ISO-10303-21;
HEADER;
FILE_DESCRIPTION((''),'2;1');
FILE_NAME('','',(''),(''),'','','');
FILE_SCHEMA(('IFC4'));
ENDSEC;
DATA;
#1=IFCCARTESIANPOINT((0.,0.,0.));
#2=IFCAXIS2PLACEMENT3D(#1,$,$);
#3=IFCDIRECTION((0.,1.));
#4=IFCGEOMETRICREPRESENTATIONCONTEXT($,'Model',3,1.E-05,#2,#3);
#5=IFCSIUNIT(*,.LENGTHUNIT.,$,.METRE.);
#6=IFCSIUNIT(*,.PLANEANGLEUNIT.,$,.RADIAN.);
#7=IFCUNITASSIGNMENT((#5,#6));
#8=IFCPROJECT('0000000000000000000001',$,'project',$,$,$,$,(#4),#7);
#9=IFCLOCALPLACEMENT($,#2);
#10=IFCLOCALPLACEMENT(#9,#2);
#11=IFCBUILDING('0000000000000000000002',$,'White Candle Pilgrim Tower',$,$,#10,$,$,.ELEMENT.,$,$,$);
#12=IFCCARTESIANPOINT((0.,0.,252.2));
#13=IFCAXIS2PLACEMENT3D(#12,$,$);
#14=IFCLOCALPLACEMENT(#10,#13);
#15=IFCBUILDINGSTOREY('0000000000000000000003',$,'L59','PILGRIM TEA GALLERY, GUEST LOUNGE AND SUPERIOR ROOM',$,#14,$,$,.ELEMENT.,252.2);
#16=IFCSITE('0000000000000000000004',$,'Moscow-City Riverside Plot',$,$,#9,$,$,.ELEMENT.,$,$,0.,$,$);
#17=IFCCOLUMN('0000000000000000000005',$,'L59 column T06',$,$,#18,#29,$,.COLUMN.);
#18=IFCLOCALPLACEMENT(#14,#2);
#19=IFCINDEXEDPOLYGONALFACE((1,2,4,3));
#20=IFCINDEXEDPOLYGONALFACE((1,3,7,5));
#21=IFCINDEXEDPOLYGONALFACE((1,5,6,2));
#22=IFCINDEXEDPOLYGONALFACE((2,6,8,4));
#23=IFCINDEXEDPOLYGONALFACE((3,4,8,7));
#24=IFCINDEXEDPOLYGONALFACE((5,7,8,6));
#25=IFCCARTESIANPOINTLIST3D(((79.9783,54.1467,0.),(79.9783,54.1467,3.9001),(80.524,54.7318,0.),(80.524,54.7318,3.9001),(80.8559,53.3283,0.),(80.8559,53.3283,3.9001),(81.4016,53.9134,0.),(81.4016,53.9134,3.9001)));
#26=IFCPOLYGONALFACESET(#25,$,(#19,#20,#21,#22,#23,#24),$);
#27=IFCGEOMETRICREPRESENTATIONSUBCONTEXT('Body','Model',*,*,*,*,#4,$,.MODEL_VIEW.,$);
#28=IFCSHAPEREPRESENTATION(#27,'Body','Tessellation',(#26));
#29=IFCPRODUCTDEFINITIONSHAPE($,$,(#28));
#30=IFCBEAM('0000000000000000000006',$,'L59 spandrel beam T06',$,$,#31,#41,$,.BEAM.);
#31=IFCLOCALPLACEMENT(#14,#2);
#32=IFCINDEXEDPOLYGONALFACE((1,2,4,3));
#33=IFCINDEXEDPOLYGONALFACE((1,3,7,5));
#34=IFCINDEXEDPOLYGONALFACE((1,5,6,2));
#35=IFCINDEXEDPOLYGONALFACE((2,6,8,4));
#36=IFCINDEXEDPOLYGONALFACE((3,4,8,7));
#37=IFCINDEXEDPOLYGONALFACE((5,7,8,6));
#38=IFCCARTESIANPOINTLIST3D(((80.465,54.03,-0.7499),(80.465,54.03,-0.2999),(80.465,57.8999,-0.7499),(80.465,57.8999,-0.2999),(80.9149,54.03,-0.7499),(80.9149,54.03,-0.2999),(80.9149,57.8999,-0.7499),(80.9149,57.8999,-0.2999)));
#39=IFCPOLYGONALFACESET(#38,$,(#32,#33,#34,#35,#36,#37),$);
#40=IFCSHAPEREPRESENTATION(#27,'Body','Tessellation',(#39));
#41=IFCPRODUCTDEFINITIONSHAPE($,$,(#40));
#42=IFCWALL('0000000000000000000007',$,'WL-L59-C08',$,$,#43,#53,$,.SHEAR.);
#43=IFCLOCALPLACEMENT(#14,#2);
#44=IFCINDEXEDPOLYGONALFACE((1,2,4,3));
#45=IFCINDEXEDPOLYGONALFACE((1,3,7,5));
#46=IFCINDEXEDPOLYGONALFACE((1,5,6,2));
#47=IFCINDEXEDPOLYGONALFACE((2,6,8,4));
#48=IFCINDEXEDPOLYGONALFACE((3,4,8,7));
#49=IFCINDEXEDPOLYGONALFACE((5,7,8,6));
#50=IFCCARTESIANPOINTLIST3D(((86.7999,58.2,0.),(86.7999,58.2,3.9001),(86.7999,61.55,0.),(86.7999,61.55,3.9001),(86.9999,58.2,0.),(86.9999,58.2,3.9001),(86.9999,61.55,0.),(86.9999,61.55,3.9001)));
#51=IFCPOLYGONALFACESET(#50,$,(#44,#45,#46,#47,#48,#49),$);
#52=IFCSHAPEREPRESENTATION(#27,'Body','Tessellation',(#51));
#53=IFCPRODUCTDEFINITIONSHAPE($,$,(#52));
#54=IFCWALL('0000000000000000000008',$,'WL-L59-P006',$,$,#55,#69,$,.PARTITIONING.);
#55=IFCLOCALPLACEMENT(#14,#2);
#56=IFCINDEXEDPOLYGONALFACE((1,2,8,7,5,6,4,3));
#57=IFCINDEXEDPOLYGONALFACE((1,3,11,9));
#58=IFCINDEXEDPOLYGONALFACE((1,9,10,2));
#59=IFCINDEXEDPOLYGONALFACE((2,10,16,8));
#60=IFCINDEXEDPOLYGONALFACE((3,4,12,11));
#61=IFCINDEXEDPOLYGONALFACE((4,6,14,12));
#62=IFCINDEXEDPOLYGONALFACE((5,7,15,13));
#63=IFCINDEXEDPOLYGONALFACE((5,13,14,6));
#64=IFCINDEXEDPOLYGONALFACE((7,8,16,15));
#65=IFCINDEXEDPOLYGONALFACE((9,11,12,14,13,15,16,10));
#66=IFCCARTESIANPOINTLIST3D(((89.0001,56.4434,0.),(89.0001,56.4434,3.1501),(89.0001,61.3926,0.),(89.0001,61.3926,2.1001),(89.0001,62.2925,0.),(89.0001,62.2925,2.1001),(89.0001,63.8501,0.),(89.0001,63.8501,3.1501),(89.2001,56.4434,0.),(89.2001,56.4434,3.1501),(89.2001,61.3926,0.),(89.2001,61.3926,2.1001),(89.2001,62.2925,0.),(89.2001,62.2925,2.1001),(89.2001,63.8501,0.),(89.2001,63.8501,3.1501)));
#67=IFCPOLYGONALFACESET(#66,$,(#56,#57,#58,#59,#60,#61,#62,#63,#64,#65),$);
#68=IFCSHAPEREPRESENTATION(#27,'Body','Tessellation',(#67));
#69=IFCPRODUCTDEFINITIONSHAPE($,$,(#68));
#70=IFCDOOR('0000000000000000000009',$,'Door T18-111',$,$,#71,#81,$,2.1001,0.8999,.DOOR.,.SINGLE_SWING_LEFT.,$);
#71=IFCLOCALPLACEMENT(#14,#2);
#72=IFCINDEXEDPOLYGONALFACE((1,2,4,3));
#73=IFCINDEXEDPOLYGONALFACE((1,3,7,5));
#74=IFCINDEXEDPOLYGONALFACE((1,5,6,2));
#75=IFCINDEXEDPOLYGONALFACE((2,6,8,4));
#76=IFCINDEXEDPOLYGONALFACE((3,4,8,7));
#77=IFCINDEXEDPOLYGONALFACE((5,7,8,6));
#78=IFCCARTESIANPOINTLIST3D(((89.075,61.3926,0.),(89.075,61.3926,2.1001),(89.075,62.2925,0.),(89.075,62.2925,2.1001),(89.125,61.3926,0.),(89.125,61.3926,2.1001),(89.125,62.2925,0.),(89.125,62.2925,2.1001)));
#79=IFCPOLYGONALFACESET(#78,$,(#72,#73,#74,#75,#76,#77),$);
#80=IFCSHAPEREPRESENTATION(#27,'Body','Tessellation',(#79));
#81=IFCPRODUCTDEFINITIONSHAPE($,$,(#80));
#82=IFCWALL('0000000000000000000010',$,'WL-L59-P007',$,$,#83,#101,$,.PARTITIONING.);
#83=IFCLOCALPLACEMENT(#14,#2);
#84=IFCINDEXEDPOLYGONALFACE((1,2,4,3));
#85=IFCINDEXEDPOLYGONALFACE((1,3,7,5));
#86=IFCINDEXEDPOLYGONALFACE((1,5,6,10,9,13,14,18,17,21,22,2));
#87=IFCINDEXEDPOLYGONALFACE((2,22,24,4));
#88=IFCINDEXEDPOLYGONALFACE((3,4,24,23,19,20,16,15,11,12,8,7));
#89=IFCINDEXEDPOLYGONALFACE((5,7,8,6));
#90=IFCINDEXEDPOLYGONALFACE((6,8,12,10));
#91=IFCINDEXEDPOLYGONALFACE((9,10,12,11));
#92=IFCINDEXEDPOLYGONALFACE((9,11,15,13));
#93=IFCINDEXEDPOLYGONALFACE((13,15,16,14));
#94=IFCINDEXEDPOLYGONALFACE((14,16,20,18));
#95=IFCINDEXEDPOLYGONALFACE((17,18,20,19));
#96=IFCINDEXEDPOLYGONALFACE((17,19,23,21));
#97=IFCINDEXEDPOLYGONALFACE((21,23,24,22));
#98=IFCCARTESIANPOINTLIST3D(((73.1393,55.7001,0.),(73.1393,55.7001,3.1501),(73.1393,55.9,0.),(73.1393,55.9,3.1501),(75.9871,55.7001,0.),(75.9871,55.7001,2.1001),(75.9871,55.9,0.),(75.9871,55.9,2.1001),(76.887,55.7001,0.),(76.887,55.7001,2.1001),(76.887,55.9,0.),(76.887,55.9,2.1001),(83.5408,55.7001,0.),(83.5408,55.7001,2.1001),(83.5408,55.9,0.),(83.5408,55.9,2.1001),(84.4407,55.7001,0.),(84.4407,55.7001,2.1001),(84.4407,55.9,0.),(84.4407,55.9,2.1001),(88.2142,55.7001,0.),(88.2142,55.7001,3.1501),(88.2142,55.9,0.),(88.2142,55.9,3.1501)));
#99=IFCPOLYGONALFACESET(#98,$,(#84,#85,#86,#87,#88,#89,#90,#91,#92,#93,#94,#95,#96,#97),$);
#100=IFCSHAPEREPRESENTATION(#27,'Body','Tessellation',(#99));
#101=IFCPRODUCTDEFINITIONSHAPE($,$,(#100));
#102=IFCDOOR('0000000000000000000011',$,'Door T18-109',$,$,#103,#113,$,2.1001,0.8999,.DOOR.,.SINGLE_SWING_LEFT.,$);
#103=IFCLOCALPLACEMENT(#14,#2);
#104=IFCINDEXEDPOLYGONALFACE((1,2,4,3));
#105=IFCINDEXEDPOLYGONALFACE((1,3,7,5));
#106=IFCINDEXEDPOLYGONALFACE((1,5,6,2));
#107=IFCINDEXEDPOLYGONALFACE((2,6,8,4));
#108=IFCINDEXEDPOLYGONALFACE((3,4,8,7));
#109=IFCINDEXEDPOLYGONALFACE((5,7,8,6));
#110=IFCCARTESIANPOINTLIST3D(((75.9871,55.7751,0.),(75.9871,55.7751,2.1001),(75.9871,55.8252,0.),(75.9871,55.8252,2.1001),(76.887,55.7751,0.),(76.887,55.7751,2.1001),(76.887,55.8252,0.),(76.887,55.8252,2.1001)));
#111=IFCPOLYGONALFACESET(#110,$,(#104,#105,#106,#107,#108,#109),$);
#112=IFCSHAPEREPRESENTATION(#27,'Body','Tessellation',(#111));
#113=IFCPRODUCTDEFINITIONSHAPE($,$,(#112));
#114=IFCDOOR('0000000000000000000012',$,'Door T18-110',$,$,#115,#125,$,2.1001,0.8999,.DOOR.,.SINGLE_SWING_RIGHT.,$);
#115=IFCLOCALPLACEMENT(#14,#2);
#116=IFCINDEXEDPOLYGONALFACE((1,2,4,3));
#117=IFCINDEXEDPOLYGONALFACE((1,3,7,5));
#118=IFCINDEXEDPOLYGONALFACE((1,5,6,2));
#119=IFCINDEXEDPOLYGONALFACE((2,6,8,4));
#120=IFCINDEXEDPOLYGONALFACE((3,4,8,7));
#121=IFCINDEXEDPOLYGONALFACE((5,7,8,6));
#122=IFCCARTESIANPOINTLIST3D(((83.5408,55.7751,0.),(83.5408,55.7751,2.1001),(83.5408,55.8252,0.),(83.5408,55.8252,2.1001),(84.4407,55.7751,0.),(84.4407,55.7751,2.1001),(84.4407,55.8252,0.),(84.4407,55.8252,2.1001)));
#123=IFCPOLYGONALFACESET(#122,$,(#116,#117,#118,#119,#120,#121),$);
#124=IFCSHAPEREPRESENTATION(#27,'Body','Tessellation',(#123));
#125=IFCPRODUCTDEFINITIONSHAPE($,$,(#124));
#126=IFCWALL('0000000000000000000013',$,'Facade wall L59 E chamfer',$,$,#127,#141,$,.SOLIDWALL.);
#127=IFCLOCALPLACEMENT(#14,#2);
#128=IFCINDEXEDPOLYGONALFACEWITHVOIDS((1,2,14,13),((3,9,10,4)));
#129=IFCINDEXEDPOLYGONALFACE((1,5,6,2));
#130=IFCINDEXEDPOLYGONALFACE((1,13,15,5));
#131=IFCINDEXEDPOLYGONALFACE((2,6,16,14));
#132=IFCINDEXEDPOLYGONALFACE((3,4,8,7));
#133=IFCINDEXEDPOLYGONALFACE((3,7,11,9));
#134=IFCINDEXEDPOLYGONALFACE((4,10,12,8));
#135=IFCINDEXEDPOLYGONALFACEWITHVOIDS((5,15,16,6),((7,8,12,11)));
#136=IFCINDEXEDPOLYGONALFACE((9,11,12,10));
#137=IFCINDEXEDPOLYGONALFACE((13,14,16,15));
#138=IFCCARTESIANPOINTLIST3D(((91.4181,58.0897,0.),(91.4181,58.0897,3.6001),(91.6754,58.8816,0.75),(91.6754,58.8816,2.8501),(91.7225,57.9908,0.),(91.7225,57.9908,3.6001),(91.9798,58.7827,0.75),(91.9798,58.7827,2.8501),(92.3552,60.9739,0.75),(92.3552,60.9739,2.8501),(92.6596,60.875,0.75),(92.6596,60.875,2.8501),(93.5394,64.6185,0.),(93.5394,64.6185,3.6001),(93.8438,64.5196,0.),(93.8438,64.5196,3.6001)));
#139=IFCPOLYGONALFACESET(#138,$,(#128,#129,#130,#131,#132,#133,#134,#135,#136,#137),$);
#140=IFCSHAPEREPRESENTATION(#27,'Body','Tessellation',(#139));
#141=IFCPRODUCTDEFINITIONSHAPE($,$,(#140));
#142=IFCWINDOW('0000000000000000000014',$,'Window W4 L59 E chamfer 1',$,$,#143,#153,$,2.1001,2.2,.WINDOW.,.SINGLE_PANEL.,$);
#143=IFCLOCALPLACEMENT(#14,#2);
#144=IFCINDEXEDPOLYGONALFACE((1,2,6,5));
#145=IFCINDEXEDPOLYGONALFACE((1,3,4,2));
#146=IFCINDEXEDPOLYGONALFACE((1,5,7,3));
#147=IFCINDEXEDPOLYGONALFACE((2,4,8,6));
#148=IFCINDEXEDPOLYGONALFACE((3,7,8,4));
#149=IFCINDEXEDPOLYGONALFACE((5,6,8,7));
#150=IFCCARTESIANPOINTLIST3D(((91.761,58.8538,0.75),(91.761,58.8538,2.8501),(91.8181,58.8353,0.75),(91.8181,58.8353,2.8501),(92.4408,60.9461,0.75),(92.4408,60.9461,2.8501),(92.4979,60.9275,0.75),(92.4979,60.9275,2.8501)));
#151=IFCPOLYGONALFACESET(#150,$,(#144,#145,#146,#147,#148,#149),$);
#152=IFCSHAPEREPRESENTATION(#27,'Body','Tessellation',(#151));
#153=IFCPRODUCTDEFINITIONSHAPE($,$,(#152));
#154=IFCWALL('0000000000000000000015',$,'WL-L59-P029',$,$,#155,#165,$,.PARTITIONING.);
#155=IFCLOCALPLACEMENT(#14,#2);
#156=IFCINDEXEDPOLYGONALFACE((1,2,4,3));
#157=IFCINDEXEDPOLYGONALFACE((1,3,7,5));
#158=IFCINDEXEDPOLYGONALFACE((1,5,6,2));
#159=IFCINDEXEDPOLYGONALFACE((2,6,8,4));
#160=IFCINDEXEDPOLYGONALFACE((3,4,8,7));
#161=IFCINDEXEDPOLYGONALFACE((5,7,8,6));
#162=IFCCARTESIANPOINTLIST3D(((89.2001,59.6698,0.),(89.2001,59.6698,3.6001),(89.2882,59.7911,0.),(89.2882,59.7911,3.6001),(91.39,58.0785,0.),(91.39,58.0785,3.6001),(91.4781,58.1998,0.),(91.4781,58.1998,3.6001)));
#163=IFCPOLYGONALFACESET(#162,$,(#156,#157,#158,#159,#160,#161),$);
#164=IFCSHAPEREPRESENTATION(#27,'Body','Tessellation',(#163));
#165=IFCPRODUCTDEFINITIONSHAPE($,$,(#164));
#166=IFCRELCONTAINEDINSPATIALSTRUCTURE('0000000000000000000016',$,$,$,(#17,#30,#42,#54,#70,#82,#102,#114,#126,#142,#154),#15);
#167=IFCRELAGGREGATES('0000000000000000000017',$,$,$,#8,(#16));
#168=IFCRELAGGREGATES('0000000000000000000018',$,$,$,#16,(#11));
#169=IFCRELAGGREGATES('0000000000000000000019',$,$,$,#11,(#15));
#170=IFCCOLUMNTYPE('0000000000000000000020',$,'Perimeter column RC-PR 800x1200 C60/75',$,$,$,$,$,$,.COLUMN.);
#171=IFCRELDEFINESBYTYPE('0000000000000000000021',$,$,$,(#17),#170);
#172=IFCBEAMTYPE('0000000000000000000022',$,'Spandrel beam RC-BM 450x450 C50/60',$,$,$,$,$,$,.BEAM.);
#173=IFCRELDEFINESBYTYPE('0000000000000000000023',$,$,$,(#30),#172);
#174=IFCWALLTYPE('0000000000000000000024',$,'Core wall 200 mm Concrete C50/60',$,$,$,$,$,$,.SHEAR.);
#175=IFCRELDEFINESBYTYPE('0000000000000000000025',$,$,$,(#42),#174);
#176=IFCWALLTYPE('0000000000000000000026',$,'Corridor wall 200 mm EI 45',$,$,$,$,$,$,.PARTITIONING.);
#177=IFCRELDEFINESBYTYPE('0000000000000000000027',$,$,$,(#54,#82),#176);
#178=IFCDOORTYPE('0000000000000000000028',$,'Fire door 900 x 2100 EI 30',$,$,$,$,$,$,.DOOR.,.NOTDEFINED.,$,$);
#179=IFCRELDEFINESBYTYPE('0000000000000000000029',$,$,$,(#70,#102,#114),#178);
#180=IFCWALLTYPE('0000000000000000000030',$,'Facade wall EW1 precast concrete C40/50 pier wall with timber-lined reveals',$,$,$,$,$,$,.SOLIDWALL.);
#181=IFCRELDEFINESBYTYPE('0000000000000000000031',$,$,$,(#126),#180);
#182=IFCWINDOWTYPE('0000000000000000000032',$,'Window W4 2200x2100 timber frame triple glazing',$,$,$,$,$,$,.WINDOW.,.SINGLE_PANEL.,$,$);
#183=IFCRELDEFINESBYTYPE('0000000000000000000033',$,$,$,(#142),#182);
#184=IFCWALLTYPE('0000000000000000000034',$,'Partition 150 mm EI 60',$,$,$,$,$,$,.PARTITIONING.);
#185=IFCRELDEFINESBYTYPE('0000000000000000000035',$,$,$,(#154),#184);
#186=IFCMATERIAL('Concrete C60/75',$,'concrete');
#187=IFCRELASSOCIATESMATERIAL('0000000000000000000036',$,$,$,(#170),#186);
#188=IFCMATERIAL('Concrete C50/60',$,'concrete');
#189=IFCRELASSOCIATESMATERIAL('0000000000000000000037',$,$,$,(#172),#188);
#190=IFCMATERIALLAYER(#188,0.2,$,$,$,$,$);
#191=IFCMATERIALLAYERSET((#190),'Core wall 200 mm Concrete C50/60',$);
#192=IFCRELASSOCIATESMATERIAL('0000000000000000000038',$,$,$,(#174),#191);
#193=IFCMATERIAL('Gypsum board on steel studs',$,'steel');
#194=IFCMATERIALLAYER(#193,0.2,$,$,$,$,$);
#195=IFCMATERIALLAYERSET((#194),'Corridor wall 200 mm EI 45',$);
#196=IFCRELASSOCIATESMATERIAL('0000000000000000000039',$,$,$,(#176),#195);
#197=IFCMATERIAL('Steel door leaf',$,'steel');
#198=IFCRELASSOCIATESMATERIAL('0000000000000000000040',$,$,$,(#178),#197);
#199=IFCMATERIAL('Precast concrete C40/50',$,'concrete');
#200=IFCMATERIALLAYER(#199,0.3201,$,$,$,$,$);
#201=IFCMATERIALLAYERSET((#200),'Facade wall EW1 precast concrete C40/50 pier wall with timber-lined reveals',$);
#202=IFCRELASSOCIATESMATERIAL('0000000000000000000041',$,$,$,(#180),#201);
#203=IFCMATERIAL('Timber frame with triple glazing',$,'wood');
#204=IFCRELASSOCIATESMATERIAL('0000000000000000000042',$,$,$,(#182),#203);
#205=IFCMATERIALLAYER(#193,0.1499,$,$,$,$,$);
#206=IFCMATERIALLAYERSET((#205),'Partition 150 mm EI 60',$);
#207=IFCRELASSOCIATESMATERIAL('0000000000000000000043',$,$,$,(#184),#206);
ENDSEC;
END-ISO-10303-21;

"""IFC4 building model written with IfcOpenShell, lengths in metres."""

from ifc_helpers import new_model, si_unit, direction, frame, frame_2d, origin, origin_2d, place, context, subcontext, project, spatial, rectangle, extrude, material, layer, layer_set, material_profile, profile_set, type_object, element, fill, save


model = new_model("IFC4")

# Units and contexts
model_context = context("Model", 3, precision=1e-05, world=origin(), true_north=direction((0.0, 1.0)))
body_context = subcontext(model_context, "Body", "Model", "MODEL_VIEW")
ifc_project = project(units=[si_unit("LENGTHUNIT", "METRE"), si_unit("PLANEANGLEUNIT", "RADIAN")], contexts=[model_context])

# Site, building, storey
site_placement = place(None, origin())
site = spatial("IfcSite", under=ifc_project, at=site_placement, Name="Moscow-City Riverside Plot", CompositionType="ELEMENT", RefElevation=0.0)
building_placement = place(site_placement, origin())
building = spatial("IfcBuilding", under=site, at=building_placement, Name="White Candle Pilgrim Tower", CompositionType="ELEMENT")
storey_placement = place(building_placement, frame((0.0, 0.0, 252.2)))
storey = spatial("IfcBuildingStorey", under=building, at=storey_placement, Name="L59", Description="PILGRIM TEA GALLERY, GUEST LOUNGE AND SUPERIOR ROOM", CompositionType="ELEMENT", Elevation=252.2)

# Column
ifc_material_1 = material(Name="Concrete C60/75", Category="concrete")
ifc_material_profile_1 = material_profile(ifc_material_1, rectangle(XDim=0.8, YDim=1.2, at=origin_2d()), Name="RC-PR 800x1200")
ifc_profile_set_1 = profile_set([ifc_material_profile_1], Name="Concrete C60/75")
column_type = type_object("IfcColumnType", Name="Perimeter column RC-PR 800x1200 C60/75", PredefinedType="COLUMN", material=ifc_profile_set_1)
column_placement = place(storey_placement, frame((80.6899, 54.03, 0.0), z_axis=(0.0, 0.0, 1.0), x_axis=(-0.681998, -0.731354, 0.0)))
element("IfcColumn", 1, at=column_placement, inside=storey, type_object=column_type, Name="L59 column T06", PredefinedType="COLUMN", context=body_context, shape_type="SweptSolid", body=[
    extrude(rectangle(XDim=0.8, YDim=1.2, at=origin_2d()), origin(), (0.0, 0.0, 1.0), 3.9001),
])

# Beam
ifc_material_2 = material(Name="Concrete C50/60", Category="concrete")
ifc_material_profile_2 = material_profile(ifc_material_2, rectangle(XDim=0.45, YDim=0.45, at=origin_2d()), Name="RC-BM 450x450")
ifc_profile_set_2 = profile_set([ifc_material_profile_2], Name="Concrete C50/60")
beam_type = type_object("IfcBeamType", Name="Spandrel beam RC-BM 450x450 C50/60", PredefinedType="BEAM", material=ifc_profile_set_2)
beam_placement = place(storey_placement, frame((80.6899, 54.03, -0.5249), z_axis=(0.0, 1.0, 0.0), x_axis=(-1.0, 0.0, 0.0)))
element("IfcBeam", 2, at=beam_placement, inside=storey, type_object=beam_type, Name="L59 spandrel beam T06", PredefinedType="BEAM", context=body_context, shape_type="SweptSolid", body=[
    extrude(rectangle(XDim=0.45, YDim=0.45, at=origin_2d()), origin(), (0.0, 0.0, 1.0), 3.8699),
])

# Wall
ifc_layer_1 = layer(ifc_material_2, 0.2)
ifc_layer_set_1 = layer_set([ifc_layer_1], Name="Core wall 200 mm Concrete C50/60")
wall_type_1 = type_object("IfcWallType", Name="Core wall 200 mm Concrete C50/60", PredefinedType="SHEAR", material=ifc_layer_set_1)
wall_1_placement = place(storey_placement, frame((86.8999, 58.2, 0.0), z_axis=(0.0, 0.0, 1.0), x_axis=(0.0, 1.0, 0.0)))
element("IfcWall", 3, at=wall_1_placement, inside=storey, type_object=wall_type_1, Name="WL-L59-C08", PredefinedType="SHEAR", context=body_context, shape_type="SweptSolid", body=[
    extrude(rectangle(XDim=3.3501, YDim=0.2, at=frame_2d((1.675, 0.0))), origin(), (0.0, 0.0, 1.0), 3.9001),
])

# Wall, opening, door
ifc_material_3 = material(Name="Gypsum board on steel studs", Category="steel")
ifc_layer_2 = layer(ifc_material_3, 0.2)
ifc_layer_set_2 = layer_set([ifc_layer_2], Name="Corridor wall 200 mm EI 45")
wall_type_2 = type_object("IfcWallType", Name="Corridor wall 200 mm EI 45", PredefinedType="PARTITIONING", material=ifc_layer_set_2)
wall_2_placement = place(storey_placement, frame((89.1001, 63.8501, 0.0), z_axis=(0.0, 0.0, 1.0), x_axis=(0.0, -1.0, 0.0)))
wall_2 = element("IfcWall", 4, at=wall_2_placement, inside=storey, type_object=wall_type_2, Name="WL-L59-P006", PredefinedType="PARTITIONING", context=body_context, shape_type="SweptSolid", body=[
    extrude(rectangle(XDim=7.4067, YDim=0.2, at=frame_2d((3.7034, 0.0))), origin(), (0.0, 0.0, 1.0), 3.1501),
])
opening_1_placement = place(wall_2_placement, frame((1.5576, 0.0, 0.0)))
opening_1 = element("IfcOpeningElement", 5, at=opening_1_placement, cuts=wall_2, PredefinedType="OPENING", context=body_context, shape_type="SweptSolid", body=[
    extrude(rectangle(XDim=0.8999, YDim=2.1001, at=frame_2d((0.45, 1.05))), frame((0.0, 0.1099, 0.0), z_axis=(0.0, -1.0, 0.0), x_axis=(1.0, 0.0, 0.0)), (0.0, 0.0, 1.0), 0.22),
])
ifc_material_4 = material(Name="Steel door leaf", Category="steel")
door_type_1 = type_object("IfcDoorType", Name="Fire door 900 x 2100 EI 30", OperationType="NOTDEFINED", PredefinedType="DOOR", material=ifc_material_4)
door_1_placement = place(opening_1_placement, origin())
door_1 = element("IfcDoor", 6, at=door_1_placement, inside=storey, type_object=door_type_1, Name="Door T18-111", OperationType="SINGLE_SWING_LEFT", OverallHeight=2.1001, OverallWidth=0.8999, PredefinedType="DOOR", context=body_context, shape_type="SweptSolid", body=[
    extrude(rectangle(XDim=0.8999, YDim=2.1001, at=frame_2d((0.45, 1.05))), frame((0.0, 0.0249, 0.0), z_axis=(0.0, -1.0, 0.0), x_axis=(1.0, 0.0, 0.0)), (0.0, 0.0, 1.0), 0.05),
])
fill(opening_1, door_1)

# Wall, openings, doors
wall_3_placement = place(storey_placement, frame((88.2144, 55.8, 0.0), z_axis=(0.0, 0.0, 1.0), x_axis=(-1.0, 0.0, 0.0)))
wall_3 = element("IfcWall", 7, at=wall_3_placement, inside=storey, type_object=wall_type_2, Name="WL-L59-P007", PredefinedType="PARTITIONING", context=body_context, shape_type="SweptSolid", body=[
    extrude(rectangle(XDim=15.075, YDim=0.2, at=frame_2d((7.5376, 0.0))), origin(), (0.0, 0.0, 1.0), 3.1501),
])
opening_2_placement = place(wall_3_placement, frame((11.3274, 0.0, 0.0)))
opening_2 = element("IfcOpeningElement", 8, at=opening_2_placement, cuts=wall_3, PredefinedType="OPENING", context=body_context, shape_type="SweptSolid", body=[
    extrude(rectangle(XDim=0.8999, YDim=2.1001, at=frame_2d((0.45, 1.05))), frame((0.0, 0.1099, 0.0), z_axis=(0.0, -1.0, 0.0), x_axis=(1.0, 0.0, 0.0)), (0.0, 0.0, 1.0), 0.22),
])
opening_3_placement = place(wall_3_placement, frame((3.7737, 0.0, 0.0)))
opening_3 = element("IfcOpeningElement", 9, at=opening_3_placement, cuts=wall_3, PredefinedType="OPENING", context=body_context, shape_type="SweptSolid", body=[
    extrude(rectangle(XDim=0.8999, YDim=2.1001, at=frame_2d((0.45, 1.05))), frame((0.0, 0.1099, 0.0), z_axis=(0.0, -1.0, 0.0), x_axis=(1.0, 0.0, 0.0)), (0.0, 0.0, 1.0), 0.22),
])
door_2_placement = place(opening_2_placement, origin())
door_2 = element("IfcDoor", 10, at=door_2_placement, inside=storey, type_object=door_type_1, Name="Door T18-109", OperationType="SINGLE_SWING_LEFT", OverallHeight=2.1001, OverallWidth=0.8999, PredefinedType="DOOR", context=body_context, shape_type="SweptSolid", body=[
    extrude(rectangle(XDim=0.8999, YDim=2.1001, at=frame_2d((0.45, 1.05))), frame((0.0, 0.0249, 0.0), z_axis=(0.0, -1.0, 0.0), x_axis=(1.0, 0.0, 0.0)), (0.0, 0.0, 1.0), 0.05),
])
fill(opening_2, door_2)
door_3_placement = place(opening_3_placement, origin())
door_3 = element("IfcDoor", 11, at=door_3_placement, inside=storey, type_object=door_type_1, Name="Door T18-110", OperationType="SINGLE_SWING_RIGHT", OverallHeight=2.1001, OverallWidth=0.8999, PredefinedType="DOOR", context=body_context, shape_type="SweptSolid", body=[
    extrude(rectangle(XDim=0.8999, YDim=2.1001, at=frame_2d((0.45, 1.05))), frame((0.0, 0.0249, 0.0), z_axis=(0.0, -1.0, 0.0), x_axis=(1.0, 0.0, 0.0)), (0.0, 0.0, 1.0), 0.05),
])
fill(opening_3, door_3)

# Wall, opening, window
ifc_material_5 = material(Name="Precast concrete C40/50", Category="concrete")
ifc_layer_3 = layer(ifc_material_5, 0.3201)
ifc_layer_set_3 = layer_set([ifc_layer_3], Name="Facade wall EW1 precast concrete C40/50 pier wall with timber-lined reveals")
wall_type_3 = type_object("IfcWallType", Name="Facade wall EW1 precast concrete C40/50 pier wall with timber-lined reveals", PredefinedType="SOLIDWALL", material=ifc_layer_set_3)
wall_4_placement = place(storey_placement, frame((91.5703, 58.0403, 0.0), z_axis=(0.0, 0.0, 1.0), x_axis=(0.309017, 0.951057, 0.0)))
wall_4 = element("IfcWall", 12, at=wall_4_placement, inside=storey, type_object=wall_type_3, Name="Facade wall L59 E chamfer", PredefinedType="SOLIDWALL", context=body_context, shape_type="SweptSolid", body=[
    extrude(rectangle(XDim=6.8647, YDim=0.3201, at=frame_2d((3.4324, 0.0))), origin(), (0.0, 0.0, 1.0), 3.6001),
])
opening_4_placement = place(wall_4_placement, frame((0.8325, 0.0, 0.75)))
opening_4 = element("IfcOpeningElement", 13, at=opening_4_placement, cuts=wall_4, PredefinedType="OPENING", context=body_context, shape_type="SweptSolid", body=[
    extrude(rectangle(XDim=2.2, YDim=2.1001, at=frame_2d((1.1001, 1.05))), frame((0.0, 0.1699, 0.0), z_axis=(0.0, -1.0, 0.0), x_axis=(1.0, 0.0, 0.0)), (0.0, 0.0, 1.0), 0.3401),
])
ifc_material_6 = material(Name="Timber frame with triple glazing", Category="wood")
window_type = type_object("IfcWindowType", Name="Window W4 2200x2100 timber frame triple glazing", PartitioningType="SINGLE_PANEL", PredefinedType="WINDOW", material=ifc_material_6)
window_placement = place(opening_4_placement, origin())
window = element("IfcWindow", 14, at=window_placement, inside=storey, type_object=window_type, Name="Window W4 L59 E chamfer 1", OverallHeight=2.1001, OverallWidth=2.2, PartitioningType="SINGLE_PANEL", PredefinedType="WINDOW", context=body_context, shape_type="SweptSolid", body=[
    extrude(rectangle(XDim=2.2, YDim=2.1001, at=frame_2d((1.1001, 1.05))), frame((0.0, 0.0701, 0.0), z_axis=(0.0, -1.0, 0.0), x_axis=(1.0, 0.0, 0.0)), (0.0, 0.0, 1.0), 0.0601),
])
fill(opening_4, window)

# Wall
ifc_layer_4 = layer(ifc_material_3, 0.1499)
ifc_layer_set_4 = layer_set([ifc_layer_4], Name="Partition 150 mm EI 60")
wall_type_4 = type_object("IfcWallType", Name="Partition 150 mm EI 60", PredefinedType="PARTITIONING", material=ifc_layer_set_4)
wall_5_placement = place(storey_placement, frame((91.4341, 58.1392, 0.0), z_axis=(0.0, 0.0, 1.0), x_axis=(-0.808978, 0.587839, 0.0)))
element("IfcWall", 15, at=wall_5_placement, inside=storey, type_object=wall_type_4, Name="WL-L59-P029", PredefinedType="PARTITIONING", context=body_context, shape_type="SweptSolid", body=[
    extrude(rectangle(XDim=2.707, YDim=0.1499, at=frame_2d((1.3535, 0.0))), origin(), (0.0, 0.0, 1.0), 3.6001),
])

save(model, "model.ifc")
